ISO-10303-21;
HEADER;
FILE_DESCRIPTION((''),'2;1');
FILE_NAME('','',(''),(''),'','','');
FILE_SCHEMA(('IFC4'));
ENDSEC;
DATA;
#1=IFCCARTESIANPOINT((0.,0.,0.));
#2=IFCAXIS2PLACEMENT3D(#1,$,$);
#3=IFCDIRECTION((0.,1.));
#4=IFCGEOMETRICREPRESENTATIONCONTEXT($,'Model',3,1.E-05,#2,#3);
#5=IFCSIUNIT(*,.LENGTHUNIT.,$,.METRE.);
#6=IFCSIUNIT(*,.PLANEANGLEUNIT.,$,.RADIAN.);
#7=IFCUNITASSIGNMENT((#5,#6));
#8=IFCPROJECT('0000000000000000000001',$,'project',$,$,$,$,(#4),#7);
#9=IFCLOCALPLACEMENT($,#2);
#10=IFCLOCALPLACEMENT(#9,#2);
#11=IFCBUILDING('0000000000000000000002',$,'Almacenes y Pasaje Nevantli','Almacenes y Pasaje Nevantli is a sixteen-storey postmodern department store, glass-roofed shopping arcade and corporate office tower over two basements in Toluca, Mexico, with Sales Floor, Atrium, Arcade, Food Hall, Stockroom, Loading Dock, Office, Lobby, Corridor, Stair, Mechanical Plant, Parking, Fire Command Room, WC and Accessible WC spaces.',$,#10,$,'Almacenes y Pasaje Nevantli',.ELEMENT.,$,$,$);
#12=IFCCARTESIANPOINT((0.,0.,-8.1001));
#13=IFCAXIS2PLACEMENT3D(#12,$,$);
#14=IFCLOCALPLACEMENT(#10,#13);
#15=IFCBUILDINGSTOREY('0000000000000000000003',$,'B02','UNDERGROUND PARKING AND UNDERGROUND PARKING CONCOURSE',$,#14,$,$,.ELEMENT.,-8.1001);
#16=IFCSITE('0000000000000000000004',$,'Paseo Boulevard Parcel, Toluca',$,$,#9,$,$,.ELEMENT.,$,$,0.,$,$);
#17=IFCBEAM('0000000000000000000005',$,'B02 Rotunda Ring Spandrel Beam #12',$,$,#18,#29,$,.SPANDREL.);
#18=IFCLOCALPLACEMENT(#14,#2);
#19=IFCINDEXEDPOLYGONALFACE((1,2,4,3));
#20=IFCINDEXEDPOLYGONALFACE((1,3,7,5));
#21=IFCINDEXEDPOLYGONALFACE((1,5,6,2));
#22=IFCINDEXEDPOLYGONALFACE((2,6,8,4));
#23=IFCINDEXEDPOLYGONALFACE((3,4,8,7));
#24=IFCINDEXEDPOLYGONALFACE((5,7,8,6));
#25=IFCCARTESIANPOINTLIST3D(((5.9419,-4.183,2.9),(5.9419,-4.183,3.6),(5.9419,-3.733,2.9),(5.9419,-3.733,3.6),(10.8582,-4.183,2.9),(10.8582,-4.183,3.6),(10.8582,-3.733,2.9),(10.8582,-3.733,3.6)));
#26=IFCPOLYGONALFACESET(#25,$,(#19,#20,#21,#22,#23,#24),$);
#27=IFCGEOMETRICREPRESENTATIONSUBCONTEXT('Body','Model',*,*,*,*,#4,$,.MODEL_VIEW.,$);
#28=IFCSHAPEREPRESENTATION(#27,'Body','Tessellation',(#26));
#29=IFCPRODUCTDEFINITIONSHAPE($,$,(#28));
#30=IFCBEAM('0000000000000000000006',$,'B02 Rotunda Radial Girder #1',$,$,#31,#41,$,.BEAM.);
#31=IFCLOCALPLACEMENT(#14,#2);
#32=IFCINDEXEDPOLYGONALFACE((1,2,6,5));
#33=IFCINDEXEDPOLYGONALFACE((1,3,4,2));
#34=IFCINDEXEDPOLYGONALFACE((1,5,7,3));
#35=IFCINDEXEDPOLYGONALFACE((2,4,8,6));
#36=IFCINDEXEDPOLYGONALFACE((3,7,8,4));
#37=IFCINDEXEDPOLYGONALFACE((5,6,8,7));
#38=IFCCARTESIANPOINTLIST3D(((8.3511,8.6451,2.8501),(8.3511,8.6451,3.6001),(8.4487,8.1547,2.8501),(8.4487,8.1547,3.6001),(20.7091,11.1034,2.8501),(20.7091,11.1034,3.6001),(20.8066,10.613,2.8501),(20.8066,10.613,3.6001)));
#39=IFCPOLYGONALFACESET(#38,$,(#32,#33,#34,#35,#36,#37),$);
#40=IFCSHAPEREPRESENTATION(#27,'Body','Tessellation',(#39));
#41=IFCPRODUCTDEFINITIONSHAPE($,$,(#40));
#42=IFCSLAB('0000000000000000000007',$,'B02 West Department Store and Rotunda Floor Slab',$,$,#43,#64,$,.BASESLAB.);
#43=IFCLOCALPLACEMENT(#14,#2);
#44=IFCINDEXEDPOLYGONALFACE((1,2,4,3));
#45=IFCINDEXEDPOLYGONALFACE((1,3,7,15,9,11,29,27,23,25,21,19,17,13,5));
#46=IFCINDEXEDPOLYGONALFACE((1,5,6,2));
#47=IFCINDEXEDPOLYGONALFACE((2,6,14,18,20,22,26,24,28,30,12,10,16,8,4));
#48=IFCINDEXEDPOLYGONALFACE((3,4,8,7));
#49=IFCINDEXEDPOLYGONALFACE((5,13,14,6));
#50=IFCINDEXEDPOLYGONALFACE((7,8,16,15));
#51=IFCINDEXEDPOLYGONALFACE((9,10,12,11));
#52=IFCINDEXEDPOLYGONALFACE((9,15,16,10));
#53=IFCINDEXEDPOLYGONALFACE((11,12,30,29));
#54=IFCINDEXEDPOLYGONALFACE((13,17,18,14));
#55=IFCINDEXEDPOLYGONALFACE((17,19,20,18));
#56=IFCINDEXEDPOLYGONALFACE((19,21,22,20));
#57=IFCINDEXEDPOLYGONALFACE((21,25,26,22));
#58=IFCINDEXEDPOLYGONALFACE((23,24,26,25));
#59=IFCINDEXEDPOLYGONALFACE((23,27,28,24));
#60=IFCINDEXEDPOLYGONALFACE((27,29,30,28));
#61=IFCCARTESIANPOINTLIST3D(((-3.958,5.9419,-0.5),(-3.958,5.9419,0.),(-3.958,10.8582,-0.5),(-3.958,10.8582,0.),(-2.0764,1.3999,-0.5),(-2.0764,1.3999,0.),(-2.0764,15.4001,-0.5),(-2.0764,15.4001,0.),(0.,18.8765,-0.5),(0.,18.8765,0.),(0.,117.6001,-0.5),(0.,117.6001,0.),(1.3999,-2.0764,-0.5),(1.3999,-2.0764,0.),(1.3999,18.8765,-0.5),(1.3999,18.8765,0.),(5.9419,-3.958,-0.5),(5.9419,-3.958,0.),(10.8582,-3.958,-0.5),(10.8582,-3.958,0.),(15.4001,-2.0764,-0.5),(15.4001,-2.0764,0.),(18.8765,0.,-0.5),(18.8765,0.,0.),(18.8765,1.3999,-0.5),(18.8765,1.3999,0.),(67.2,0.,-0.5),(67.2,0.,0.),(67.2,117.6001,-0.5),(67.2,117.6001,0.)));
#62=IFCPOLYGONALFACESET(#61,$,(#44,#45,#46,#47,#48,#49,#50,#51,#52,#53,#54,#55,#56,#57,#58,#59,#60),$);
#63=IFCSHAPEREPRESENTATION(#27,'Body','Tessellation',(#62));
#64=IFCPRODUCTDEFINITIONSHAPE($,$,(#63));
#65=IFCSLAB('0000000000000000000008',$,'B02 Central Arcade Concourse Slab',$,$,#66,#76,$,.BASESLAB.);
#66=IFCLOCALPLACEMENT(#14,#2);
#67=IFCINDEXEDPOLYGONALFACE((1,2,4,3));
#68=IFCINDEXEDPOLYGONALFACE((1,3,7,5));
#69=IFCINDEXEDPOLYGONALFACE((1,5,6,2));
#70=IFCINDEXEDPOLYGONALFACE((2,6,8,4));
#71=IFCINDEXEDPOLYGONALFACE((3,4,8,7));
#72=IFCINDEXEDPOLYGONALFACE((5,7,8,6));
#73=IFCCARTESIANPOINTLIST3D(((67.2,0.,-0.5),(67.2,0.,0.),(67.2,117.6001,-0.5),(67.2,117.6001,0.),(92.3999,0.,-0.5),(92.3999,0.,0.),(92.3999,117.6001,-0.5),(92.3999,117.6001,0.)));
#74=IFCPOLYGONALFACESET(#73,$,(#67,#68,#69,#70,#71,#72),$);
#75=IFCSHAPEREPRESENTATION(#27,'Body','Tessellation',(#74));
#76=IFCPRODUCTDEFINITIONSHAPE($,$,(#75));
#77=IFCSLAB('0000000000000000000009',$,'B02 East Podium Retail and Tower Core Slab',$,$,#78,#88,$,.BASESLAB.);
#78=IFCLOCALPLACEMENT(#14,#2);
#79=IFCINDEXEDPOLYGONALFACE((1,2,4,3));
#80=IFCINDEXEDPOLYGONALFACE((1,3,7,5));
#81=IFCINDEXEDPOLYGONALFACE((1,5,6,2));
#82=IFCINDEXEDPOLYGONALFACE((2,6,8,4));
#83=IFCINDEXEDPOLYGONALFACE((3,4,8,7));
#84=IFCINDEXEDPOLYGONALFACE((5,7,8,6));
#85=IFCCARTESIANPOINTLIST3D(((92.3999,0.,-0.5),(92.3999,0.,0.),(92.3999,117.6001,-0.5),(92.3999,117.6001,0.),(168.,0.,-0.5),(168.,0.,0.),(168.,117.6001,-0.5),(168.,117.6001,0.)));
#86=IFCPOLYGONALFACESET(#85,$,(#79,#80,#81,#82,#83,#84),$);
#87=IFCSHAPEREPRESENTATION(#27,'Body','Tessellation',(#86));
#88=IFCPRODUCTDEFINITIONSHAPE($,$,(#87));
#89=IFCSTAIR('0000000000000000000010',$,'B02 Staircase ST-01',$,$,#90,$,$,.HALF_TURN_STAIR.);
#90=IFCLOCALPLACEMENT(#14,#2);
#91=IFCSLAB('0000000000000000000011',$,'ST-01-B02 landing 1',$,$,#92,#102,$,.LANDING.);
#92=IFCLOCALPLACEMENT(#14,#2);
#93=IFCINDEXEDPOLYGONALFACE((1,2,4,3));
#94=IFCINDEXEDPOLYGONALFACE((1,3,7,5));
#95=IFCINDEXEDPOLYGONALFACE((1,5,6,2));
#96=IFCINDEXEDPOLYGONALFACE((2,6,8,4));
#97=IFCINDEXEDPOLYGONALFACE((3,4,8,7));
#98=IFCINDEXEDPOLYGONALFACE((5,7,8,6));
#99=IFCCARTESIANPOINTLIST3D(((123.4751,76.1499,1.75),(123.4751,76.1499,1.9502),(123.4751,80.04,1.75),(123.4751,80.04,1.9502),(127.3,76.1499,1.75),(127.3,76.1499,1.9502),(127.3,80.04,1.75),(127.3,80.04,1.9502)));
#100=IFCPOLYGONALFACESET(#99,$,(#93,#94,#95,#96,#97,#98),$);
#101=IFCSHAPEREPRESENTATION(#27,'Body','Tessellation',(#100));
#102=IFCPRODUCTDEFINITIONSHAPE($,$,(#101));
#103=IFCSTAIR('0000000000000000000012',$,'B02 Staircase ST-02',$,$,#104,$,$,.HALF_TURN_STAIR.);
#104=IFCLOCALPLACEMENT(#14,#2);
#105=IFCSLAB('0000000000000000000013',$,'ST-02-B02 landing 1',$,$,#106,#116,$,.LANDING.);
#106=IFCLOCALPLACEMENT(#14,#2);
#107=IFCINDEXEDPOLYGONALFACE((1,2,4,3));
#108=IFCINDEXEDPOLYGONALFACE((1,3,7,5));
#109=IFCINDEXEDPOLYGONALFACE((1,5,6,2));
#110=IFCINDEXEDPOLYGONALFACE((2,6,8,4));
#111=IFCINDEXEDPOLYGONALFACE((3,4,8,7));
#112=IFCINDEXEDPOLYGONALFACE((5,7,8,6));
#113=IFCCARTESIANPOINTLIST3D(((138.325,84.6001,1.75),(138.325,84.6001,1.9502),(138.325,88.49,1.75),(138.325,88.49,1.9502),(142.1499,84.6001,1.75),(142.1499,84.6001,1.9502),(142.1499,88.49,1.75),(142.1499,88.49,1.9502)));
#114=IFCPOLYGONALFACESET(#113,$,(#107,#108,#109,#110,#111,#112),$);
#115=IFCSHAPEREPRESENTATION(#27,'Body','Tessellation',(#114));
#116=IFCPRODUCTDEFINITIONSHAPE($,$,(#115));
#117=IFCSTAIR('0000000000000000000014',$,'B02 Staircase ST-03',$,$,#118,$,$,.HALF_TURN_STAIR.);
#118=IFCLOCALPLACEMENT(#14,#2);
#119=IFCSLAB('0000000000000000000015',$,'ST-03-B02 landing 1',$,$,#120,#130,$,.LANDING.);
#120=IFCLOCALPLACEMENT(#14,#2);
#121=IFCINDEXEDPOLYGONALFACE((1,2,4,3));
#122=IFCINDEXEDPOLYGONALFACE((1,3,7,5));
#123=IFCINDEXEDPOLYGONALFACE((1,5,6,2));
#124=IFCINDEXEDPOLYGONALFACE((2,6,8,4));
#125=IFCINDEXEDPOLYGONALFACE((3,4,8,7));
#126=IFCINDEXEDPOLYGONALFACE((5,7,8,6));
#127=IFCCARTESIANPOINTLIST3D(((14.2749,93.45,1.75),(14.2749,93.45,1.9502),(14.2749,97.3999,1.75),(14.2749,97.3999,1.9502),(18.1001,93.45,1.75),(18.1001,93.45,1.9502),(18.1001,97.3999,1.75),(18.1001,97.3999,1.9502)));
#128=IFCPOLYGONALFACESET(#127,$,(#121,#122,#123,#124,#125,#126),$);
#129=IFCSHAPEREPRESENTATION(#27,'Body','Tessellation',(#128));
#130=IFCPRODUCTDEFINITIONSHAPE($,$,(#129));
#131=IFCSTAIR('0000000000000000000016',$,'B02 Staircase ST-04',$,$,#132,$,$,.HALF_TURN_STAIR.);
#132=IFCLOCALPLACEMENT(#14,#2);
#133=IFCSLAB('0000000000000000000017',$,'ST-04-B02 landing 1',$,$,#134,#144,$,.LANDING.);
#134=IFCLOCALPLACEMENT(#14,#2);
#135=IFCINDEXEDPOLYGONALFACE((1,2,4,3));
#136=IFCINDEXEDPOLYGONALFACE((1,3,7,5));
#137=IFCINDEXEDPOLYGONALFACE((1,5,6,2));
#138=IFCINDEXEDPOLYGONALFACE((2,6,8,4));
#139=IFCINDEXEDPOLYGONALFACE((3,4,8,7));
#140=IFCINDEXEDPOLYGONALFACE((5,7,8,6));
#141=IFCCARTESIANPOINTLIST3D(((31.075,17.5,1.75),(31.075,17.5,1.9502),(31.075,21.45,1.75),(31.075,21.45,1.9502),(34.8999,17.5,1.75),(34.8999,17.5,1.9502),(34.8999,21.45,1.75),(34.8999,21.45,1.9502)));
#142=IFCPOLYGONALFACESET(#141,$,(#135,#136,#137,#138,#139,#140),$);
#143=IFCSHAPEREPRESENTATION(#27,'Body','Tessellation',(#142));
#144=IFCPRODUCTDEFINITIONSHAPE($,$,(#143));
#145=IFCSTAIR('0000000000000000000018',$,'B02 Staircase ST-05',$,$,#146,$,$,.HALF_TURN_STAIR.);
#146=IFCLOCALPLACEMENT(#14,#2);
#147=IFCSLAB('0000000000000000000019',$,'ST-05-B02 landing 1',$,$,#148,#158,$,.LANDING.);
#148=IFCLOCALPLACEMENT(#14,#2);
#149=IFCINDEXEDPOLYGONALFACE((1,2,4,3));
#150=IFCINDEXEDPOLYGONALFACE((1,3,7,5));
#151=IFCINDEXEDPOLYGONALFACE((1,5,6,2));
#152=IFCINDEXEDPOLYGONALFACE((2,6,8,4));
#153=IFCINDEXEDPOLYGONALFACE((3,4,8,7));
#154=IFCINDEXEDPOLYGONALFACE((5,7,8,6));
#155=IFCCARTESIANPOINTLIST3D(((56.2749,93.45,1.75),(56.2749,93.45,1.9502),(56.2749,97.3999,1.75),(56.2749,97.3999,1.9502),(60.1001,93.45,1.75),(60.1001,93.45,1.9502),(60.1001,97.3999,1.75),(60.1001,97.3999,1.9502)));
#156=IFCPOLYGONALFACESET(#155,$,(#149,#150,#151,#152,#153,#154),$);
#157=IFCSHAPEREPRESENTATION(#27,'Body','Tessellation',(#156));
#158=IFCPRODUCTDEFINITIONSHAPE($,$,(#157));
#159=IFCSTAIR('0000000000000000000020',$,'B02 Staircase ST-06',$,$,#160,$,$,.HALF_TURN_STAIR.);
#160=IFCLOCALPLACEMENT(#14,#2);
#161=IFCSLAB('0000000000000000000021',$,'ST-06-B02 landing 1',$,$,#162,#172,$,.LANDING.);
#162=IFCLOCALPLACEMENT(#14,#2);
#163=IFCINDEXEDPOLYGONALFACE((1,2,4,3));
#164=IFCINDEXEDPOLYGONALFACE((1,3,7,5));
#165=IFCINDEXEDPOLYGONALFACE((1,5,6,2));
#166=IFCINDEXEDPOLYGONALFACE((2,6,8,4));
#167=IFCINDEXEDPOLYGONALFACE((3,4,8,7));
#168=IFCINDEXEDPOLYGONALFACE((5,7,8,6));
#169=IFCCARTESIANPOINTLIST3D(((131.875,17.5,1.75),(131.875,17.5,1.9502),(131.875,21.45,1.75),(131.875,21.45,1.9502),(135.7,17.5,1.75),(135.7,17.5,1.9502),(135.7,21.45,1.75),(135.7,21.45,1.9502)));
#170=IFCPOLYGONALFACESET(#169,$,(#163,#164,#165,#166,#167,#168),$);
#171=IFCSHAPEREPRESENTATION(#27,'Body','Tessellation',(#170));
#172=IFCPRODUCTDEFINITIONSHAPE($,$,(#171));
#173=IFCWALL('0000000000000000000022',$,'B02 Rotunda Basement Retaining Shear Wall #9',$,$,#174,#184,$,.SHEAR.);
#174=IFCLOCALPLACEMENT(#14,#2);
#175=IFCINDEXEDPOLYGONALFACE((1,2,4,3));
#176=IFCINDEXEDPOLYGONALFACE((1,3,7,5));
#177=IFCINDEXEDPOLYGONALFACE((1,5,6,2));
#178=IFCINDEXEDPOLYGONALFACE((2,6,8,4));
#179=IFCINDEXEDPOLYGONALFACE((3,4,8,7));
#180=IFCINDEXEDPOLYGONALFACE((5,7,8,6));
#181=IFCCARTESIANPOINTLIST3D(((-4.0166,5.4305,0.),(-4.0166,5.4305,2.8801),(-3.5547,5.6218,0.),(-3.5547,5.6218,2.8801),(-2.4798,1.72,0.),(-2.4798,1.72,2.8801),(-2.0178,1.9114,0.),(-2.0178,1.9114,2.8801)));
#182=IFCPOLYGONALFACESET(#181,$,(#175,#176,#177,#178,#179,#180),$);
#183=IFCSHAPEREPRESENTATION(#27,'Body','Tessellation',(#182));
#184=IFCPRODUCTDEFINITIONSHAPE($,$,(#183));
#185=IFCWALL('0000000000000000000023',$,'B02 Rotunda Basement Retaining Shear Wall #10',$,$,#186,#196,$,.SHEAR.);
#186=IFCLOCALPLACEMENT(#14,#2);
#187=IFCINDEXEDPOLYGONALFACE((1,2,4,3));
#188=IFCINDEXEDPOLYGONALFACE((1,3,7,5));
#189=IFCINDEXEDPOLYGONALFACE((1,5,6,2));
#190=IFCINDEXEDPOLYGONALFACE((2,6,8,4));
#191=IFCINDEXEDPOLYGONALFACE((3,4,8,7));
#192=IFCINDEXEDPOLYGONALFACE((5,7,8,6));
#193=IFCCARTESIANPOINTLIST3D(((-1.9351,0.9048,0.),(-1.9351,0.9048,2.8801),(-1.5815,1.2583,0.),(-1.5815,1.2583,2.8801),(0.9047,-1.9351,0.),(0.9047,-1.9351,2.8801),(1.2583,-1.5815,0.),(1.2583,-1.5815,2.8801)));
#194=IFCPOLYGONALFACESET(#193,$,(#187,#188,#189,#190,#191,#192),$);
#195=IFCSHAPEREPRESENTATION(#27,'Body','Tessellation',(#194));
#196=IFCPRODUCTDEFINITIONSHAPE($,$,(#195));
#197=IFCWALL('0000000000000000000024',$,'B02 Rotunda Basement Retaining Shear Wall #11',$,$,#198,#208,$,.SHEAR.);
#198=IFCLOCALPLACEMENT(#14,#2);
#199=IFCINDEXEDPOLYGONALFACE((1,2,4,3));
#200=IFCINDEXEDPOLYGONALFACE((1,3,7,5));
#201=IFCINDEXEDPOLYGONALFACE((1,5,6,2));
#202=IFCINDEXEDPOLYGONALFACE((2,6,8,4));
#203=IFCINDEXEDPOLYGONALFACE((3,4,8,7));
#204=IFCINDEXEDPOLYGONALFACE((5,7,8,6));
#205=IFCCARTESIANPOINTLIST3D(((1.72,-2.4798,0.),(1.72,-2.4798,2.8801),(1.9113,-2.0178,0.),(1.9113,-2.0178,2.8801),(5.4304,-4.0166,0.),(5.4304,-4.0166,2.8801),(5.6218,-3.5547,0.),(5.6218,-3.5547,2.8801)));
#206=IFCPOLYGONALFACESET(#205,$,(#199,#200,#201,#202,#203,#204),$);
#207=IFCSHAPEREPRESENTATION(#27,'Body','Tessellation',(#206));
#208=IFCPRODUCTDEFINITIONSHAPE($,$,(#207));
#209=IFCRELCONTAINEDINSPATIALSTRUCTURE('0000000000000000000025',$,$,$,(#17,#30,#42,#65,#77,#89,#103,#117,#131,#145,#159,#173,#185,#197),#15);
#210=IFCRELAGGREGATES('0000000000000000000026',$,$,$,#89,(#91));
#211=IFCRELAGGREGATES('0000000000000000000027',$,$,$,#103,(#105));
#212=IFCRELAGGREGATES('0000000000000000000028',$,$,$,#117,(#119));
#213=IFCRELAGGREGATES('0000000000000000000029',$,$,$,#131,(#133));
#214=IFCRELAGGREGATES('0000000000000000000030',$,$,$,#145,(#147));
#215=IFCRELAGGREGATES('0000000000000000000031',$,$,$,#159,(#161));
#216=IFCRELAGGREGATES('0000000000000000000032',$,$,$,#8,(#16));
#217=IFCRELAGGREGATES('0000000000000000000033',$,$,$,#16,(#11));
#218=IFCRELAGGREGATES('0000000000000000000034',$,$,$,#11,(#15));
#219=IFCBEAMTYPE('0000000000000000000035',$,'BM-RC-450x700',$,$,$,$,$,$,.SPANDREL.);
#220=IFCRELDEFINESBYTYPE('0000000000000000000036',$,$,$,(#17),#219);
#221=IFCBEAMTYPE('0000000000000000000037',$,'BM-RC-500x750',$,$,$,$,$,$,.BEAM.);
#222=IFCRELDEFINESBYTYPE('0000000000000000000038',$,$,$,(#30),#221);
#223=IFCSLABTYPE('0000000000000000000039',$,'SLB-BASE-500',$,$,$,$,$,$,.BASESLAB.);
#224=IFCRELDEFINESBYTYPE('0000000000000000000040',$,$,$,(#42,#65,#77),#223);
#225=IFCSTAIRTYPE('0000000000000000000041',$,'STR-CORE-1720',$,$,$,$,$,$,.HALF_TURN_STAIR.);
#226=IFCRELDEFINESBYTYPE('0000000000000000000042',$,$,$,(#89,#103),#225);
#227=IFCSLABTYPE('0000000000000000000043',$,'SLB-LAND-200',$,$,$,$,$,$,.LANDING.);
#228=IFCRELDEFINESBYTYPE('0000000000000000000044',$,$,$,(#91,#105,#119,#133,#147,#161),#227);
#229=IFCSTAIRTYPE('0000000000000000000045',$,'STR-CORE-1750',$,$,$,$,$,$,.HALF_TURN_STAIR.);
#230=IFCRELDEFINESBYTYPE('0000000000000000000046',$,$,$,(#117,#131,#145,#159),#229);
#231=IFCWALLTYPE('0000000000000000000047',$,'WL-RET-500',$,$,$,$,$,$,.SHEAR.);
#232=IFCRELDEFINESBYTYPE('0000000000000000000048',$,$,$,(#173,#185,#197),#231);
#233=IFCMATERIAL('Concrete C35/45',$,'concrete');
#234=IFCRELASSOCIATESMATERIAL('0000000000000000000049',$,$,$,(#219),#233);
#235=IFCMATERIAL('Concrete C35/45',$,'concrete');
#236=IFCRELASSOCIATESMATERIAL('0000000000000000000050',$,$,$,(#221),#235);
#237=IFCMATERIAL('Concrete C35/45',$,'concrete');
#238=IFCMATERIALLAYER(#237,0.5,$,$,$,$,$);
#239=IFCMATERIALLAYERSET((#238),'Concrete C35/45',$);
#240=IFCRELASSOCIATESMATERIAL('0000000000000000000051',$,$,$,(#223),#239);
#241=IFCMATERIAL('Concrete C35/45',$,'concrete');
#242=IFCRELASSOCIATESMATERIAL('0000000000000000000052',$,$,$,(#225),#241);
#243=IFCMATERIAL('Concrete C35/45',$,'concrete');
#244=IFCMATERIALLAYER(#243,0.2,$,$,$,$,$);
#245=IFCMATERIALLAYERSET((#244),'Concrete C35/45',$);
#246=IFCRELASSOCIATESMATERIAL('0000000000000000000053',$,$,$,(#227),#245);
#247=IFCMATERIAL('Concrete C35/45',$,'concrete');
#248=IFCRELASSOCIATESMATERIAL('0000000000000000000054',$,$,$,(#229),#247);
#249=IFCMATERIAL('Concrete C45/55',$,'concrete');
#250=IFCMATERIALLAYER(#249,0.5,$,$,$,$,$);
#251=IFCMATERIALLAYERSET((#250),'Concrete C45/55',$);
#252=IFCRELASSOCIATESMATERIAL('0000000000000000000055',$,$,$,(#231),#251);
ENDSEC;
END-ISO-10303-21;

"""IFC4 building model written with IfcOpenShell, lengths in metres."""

from ifc_helpers import new_model, si_unit, direction, frame, frame_2d, origin, origin_2d, place, context, subcontext, project, spatial, polyline, rectangle, outline, extrude, material, layer, layer_set, material_profile, profile_set, type_object, element, aggregate, save


model = new_model("IFC4")

# Units and contexts
model_context = context("Model", 3, precision=1e-05, world=origin(), true_north=direction((0.0, 1.0)))
body_context = subcontext(model_context, "Body", "Model", "MODEL_VIEW")
ifc_project = project(units=[si_unit("LENGTHUNIT", "METRE"), si_unit("PLANEANGLEUNIT", "RADIAN")], contexts=[model_context])

# Site, building, storey
site_placement = place(None, origin())
site = spatial("IfcSite", under=ifc_project, at=site_placement, Name="Paseo Boulevard Parcel, Toluca", CompositionType="ELEMENT", RefElevation=0.0)
building_placement = place(site_placement, origin())
building = spatial("IfcBuilding", under=site, at=building_placement, Name="Almacenes y Pasaje Nevantli", Description="Almacenes y Pasaje Nevantli is a sixteen-storey postmodern department store, glass-roofed shopping arcade and corporate office tower over two basements in Toluca, Mexico, with Sales Floor, Atrium, Arcade, Food Hall, Stockroom, Loading Dock, Office, Lobby, Corridor, Stair, Mechanical Plant, Parking, Fire Command Room, WC and Accessible WC spaces.", LongName="Almacenes y Pasaje Nevantli", CompositionType="ELEMENT")
storey_placement = place(building_placement, frame((0.0, 0.0, -8.1001)))
storey = spatial("IfcBuildingStorey", under=building, at=storey_placement, Name="B02", Description="UNDERGROUND PARKING AND UNDERGROUND PARKING CONCOURSE", CompositionType="ELEMENT", Elevation=-8.1001)

# Beams
ifc_material_1 = material(Name="Concrete C35/45", Category="concrete")
ifc_material_profile_1 = material_profile(ifc_material_1, rectangle(XDim=0.45, YDim=0.7, at=origin_2d()), Name="RC-BM-450x700")
ifc_profile_set_1 = profile_set([ifc_material_profile_1], Name="Concrete C35/45")
beam_type_1 = type_object("IfcBeamType", Name="BM-RC-450x700", PredefinedType="SPANDREL", material=ifc_profile_set_1)
for number, where, z_axis, x_axis, name in (
    (1, (5.9419, -3.958, 3.25), (1.0, 0.0, 0.0), (0.0, 1.0, 0.0), "B02 Rotunda Ring Spandrel Beam #12"),
):
    element("IfcBeam", number, at=place(storey_placement, frame(where, z_axis=z_axis, x_axis=x_axis)), inside=storey, type_object=beam_type_1, Name=name, PredefinedType="SPANDREL", context=body_context, shape_type="SweptSolid", body=[
        extrude(rectangle(XDim=0.45, YDim=0.7, at=origin_2d()), origin(), (0.0, 0.0, 1.0), 4.9163),
    ])
ifc_material_2 = material(Name="Concrete C35/45", Category="concrete")
ifc_material_profile_2 = material_profile(ifc_material_2, rectangle(XDim=0.5, YDim=0.75, at=origin_2d()), Name="RC-BM-500x750")
ifc_profile_set_2 = profile_set([ifc_material_profile_2], Name="Concrete C35/45")
beam_type_2 = type_object("IfcBeamType", Name="BM-RC-500x750", PredefinedType="BEAM", material=ifc_profile_set_2)
beam_placement = place(storey_placement, frame((8.3999, 8.3999, 3.2251), z_axis=(0.980784, 0.195099, 0.0), x_axis=(-0.195099, 0.980784, 0.0)))
element("IfcBeam", 2, at=beam_placement, inside=storey, type_object=beam_type_2, Name="B02 Rotunda Radial Girder #1", PredefinedType="BEAM", context=body_context, shape_type="SweptSolid", body=[
    extrude(rectangle(XDim=0.5, YDim=0.75, at=origin_2d()), origin(), (0.0, 0.0, 1.0), 12.6001),
])

# Slabs
ifc_material_3 = material(Name="Concrete C35/45", Category="concrete")
ifc_layer_1 = layer(ifc_material_3, 0.5)
ifc_layer_set_1 = layer_set([ifc_layer_1], Name="Concrete C35/45")
slab_type_1 = type_object("IfcSlabType", Name="SLB-BASE-500", PredefinedType="BASESLAB", material=ifc_layer_set_1)
slab_1_placement = place(storey_placement, frame((0.0, 0.0, -0.5)))
element("IfcSlab", 3, at=slab_1_placement, inside=storey, type_object=slab_type_1, Name="B02 West Department Store and Rotunda Floor Slab", PredefinedType="BASESLAB", context=body_context, shape_type="SweptSolid", body=[
    extrude(outline(polyline([(18.8765, 0.0), (67.2, 0.0), (67.2, 117.6001), (0.0, 117.6001), (0.0, 18.8765), (1.3999, 18.8765), (-2.0764, 15.4001), (-3.958, 10.8582), (-3.958, 5.9419), (-2.0764, 1.3999), (1.3999, -2.0764), (5.9419, -3.958), (10.8582, -3.958), (15.4001, -2.0764), (18.8765, 1.3999), (18.8765, 0.0)])), origin(), (0.0, 0.0, 1.0), 0.5),
])
slab_2_placement = place(storey_placement, frame((0.0, 0.0, -0.5)))
element("IfcSlab", 4, at=slab_2_placement, inside=storey, type_object=slab_type_1, Name="B02 Central Arcade Concourse Slab", PredefinedType="BASESLAB", context=body_context, shape_type="SweptSolid", body=[
    extrude(outline(polyline([(67.2, 0.0), (92.3999, 0.0), (92.3999, 117.6001), (67.2, 117.6001), (67.2, 0.0)])), origin(), (0.0, 0.0, 1.0), 0.5),
])
slab_3_placement = place(storey_placement, frame((0.0, 0.0, -0.5)))
element("IfcSlab", 5, at=slab_3_placement, inside=storey, type_object=slab_type_1, Name="B02 East Podium Retail and Tower Core Slab", PredefinedType="BASESLAB", context=body_context, shape_type="SweptSolid", body=[
    extrude(outline(polyline([(92.3999, 0.0), (168.0, 0.0), (168.0, 117.6001), (92.3999, 117.6001), (92.3999, 0.0)])), origin(), (0.0, 0.0, 1.0), 0.5),
])

# Stairs, slabs
ifc_material_4 = material(Name="Concrete C35/45", Category="concrete")
stair_type_1 = type_object("IfcStairType", Name="STR-CORE-1720", PredefinedType="HALF_TURN_STAIR", material=ifc_material_4)
stair_1_placement = place(storey_placement, origin())
stair_1 = element("IfcStair", 6, at=stair_1_placement, inside=storey, type_object=stair_type_1, Name="B02 Staircase ST-01", PredefinedType="HALF_TURN_STAIR")
ifc_material_5 = material(Name="Concrete C35/45", Category="concrete")
ifc_layer_2 = layer(ifc_material_5, 0.2)
ifc_layer_set_2 = layer_set([ifc_layer_2], Name="Concrete C35/45")
slab_type_2 = type_object("IfcSlabType", Name="SLB-LAND-200", PredefinedType="LANDING", material=ifc_layer_set_2)
slab_4_placement = place(storey_placement, frame((0.0, 0.0, 1.75)))
slab_4 = element("IfcSlab", 7, at=slab_4_placement, type_object=slab_type_2, Name="ST-01-B02 landing 1", PredefinedType="LANDING", context=body_context, shape_type="SweptSolid", body=[
    extrude(outline(polyline([(123.4751, 76.1499), (127.3, 76.1499), (127.3, 80.04), (123.4751, 80.04), (123.4751, 76.1499)])), origin(), (0.0, 0.0, 1.0), 0.2002),
])
aggregate(stair_1, [slab_4])
stair_2_placement = place(storey_placement, origin())
stair_2 = element("IfcStair", 8, at=stair_2_placement, inside=storey, type_object=stair_type_1, Name="B02 Staircase ST-02", PredefinedType="HALF_TURN_STAIR")
slab_5_placement = place(storey_placement, frame((0.0, 0.0, 1.75)))
slab_5 = element("IfcSlab", 9, at=slab_5_placement, type_object=slab_type_2, Name="ST-02-B02 landing 1", PredefinedType="LANDING", context=body_context, shape_type="SweptSolid", body=[
    extrude(outline(polyline([(138.325, 84.6001), (142.1499, 84.6001), (142.1499, 88.49), (138.325, 88.49), (138.325, 84.6001)])), origin(), (0.0, 0.0, 1.0), 0.2002),
])
aggregate(stair_2, [slab_5])
ifc_material_6 = material(Name="Concrete C35/45", Category="concrete")
stair_type_2 = type_object("IfcStairType", Name="STR-CORE-1750", PredefinedType="HALF_TURN_STAIR", material=ifc_material_6)
stair_3_placement = place(storey_placement, origin())
stair_3 = element("IfcStair", 10, at=stair_3_placement, inside=storey, type_object=stair_type_2, Name="B02 Staircase ST-03", PredefinedType="HALF_TURN_STAIR")
slab_6_placement = place(storey_placement, frame((0.0, 0.0, 1.75)))
slab_6 = element("IfcSlab", 11, at=slab_6_placement, type_object=slab_type_2, Name="ST-03-B02 landing 1", PredefinedType="LANDING", context=body_context, shape_type="SweptSolid", body=[
    extrude(outline(polyline([(14.2749, 93.45), (18.1001, 93.45), (18.1001, 97.3999), (14.2749, 97.3999), (14.2749, 93.45)])), origin(), (0.0, 0.0, 1.0), 0.2002),
])
aggregate(stair_3, [slab_6])
stair_4_placement = place(storey_placement, origin())
stair_4 = element("IfcStair", 12, at=stair_4_placement, inside=storey, type_object=stair_type_2, Name="B02 Staircase ST-04", PredefinedType="HALF_TURN_STAIR")
slab_7_placement = place(storey_placement, frame((0.0, 0.0, 1.75)))
slab_7 = element("IfcSlab", 13, at=slab_7_placement, type_object=slab_type_2, Name="ST-04-B02 landing 1", PredefinedType="LANDING", context=body_context, shape_type="SweptSolid", body=[
    extrude(outline(polyline([(31.075, 17.5), (34.8999, 17.5), (34.8999, 21.45), (31.075, 21.45), (31.075, 17.5)])), origin(), (0.0, 0.0, 1.0), 0.2002),
])
aggregate(stair_4, [slab_7])
stair_5_placement = place(storey_placement, origin())
stair_5 = element("IfcStair", 14, at=stair_5_placement, inside=storey, type_object=stair_type_2, Name="B02 Staircase ST-05", PredefinedType="HALF_TURN_STAIR")
slab_8_placement = place(storey_placement, frame((0.0, 0.0, 1.75)))
slab_8 = element("IfcSlab", 15, at=slab_8_placement, type_object=slab_type_2, Name="ST-05-B02 landing 1", PredefinedType="LANDING", context=body_context, shape_type="SweptSolid", body=[
    extrude(outline(polyline([(56.2749, 93.45), (60.1001, 93.45), (60.1001, 97.3999), (56.2749, 97.3999), (56.2749, 93.45)])), origin(), (0.0, 0.0, 1.0), 0.2002),
])
aggregate(stair_5, [slab_8])
stair_6_placement = place(storey_placement, origin())
stair_6 = element("IfcStair", 16, at=stair_6_placement, inside=storey, type_object=stair_type_2, Name="B02 Staircase ST-06", PredefinedType="HALF_TURN_STAIR")
slab_9_placement = place(storey_placement, frame((0.0, 0.0, 1.75)))
slab_9 = element("IfcSlab", 17, at=slab_9_placement, type_object=slab_type_2, Name="ST-06-B02 landing 1", PredefinedType="LANDING", context=body_context, shape_type="SweptSolid", body=[
    extrude(outline(polyline([(131.875, 17.5), (135.7, 17.5), (135.7, 21.45), (131.875, 21.45), (131.875, 17.5)])), origin(), (0.0, 0.0, 1.0), 0.2002),
])
aggregate(stair_6, [slab_9])

# Walls
ifc_material_7 = material(Name="Concrete C45/55", Category="concrete")
ifc_layer_3 = layer(ifc_material_7, 0.5)
ifc_layer_set_3 = layer_set([ifc_layer_3], Name="Concrete C45/55")
wall_type = type_object("IfcWallType", Name="WL-RET-500", PredefinedType="SHEAR", material=ifc_layer_set_3)
for number, where, z_axis, x_axis, name in (
    (18, (-3.7856, 5.5261, 0.0), (0.0, 0.0, 1.0), (0.382672, -0.923884, 0.0), "B02 Rotunda Basement Retaining Shear Wall #9"),
    (19, (-1.7583, 1.0815, 0.0), (0.0, 0.0, 1.0), (0.707107, -0.707107, 0.0), "B02 Rotunda Basement Retaining Shear Wall #10"),
    (20, (1.8157, -2.2488, 0.0), (0.0, 0.0, 1.0), (0.923884, -0.382672, 0.0), "B02 Rotunda Basement Retaining Shear Wall #11"),
):
    element("IfcWall", number, at=place(storey_placement, frame(where, z_axis=z_axis, x_axis=x_axis)), inside=storey, type_object=wall_type, Name=name, PredefinedType="SHEAR", context=body_context, shape_type="SweptSolid", body=[
        extrude(rectangle(XDim=4.0161, YDim=0.5, at=frame_2d((2.0081, 0.0))), origin(), (0.0, 0.0, 1.0), 2.8801),
    ])

save(model, "model.ifc")
